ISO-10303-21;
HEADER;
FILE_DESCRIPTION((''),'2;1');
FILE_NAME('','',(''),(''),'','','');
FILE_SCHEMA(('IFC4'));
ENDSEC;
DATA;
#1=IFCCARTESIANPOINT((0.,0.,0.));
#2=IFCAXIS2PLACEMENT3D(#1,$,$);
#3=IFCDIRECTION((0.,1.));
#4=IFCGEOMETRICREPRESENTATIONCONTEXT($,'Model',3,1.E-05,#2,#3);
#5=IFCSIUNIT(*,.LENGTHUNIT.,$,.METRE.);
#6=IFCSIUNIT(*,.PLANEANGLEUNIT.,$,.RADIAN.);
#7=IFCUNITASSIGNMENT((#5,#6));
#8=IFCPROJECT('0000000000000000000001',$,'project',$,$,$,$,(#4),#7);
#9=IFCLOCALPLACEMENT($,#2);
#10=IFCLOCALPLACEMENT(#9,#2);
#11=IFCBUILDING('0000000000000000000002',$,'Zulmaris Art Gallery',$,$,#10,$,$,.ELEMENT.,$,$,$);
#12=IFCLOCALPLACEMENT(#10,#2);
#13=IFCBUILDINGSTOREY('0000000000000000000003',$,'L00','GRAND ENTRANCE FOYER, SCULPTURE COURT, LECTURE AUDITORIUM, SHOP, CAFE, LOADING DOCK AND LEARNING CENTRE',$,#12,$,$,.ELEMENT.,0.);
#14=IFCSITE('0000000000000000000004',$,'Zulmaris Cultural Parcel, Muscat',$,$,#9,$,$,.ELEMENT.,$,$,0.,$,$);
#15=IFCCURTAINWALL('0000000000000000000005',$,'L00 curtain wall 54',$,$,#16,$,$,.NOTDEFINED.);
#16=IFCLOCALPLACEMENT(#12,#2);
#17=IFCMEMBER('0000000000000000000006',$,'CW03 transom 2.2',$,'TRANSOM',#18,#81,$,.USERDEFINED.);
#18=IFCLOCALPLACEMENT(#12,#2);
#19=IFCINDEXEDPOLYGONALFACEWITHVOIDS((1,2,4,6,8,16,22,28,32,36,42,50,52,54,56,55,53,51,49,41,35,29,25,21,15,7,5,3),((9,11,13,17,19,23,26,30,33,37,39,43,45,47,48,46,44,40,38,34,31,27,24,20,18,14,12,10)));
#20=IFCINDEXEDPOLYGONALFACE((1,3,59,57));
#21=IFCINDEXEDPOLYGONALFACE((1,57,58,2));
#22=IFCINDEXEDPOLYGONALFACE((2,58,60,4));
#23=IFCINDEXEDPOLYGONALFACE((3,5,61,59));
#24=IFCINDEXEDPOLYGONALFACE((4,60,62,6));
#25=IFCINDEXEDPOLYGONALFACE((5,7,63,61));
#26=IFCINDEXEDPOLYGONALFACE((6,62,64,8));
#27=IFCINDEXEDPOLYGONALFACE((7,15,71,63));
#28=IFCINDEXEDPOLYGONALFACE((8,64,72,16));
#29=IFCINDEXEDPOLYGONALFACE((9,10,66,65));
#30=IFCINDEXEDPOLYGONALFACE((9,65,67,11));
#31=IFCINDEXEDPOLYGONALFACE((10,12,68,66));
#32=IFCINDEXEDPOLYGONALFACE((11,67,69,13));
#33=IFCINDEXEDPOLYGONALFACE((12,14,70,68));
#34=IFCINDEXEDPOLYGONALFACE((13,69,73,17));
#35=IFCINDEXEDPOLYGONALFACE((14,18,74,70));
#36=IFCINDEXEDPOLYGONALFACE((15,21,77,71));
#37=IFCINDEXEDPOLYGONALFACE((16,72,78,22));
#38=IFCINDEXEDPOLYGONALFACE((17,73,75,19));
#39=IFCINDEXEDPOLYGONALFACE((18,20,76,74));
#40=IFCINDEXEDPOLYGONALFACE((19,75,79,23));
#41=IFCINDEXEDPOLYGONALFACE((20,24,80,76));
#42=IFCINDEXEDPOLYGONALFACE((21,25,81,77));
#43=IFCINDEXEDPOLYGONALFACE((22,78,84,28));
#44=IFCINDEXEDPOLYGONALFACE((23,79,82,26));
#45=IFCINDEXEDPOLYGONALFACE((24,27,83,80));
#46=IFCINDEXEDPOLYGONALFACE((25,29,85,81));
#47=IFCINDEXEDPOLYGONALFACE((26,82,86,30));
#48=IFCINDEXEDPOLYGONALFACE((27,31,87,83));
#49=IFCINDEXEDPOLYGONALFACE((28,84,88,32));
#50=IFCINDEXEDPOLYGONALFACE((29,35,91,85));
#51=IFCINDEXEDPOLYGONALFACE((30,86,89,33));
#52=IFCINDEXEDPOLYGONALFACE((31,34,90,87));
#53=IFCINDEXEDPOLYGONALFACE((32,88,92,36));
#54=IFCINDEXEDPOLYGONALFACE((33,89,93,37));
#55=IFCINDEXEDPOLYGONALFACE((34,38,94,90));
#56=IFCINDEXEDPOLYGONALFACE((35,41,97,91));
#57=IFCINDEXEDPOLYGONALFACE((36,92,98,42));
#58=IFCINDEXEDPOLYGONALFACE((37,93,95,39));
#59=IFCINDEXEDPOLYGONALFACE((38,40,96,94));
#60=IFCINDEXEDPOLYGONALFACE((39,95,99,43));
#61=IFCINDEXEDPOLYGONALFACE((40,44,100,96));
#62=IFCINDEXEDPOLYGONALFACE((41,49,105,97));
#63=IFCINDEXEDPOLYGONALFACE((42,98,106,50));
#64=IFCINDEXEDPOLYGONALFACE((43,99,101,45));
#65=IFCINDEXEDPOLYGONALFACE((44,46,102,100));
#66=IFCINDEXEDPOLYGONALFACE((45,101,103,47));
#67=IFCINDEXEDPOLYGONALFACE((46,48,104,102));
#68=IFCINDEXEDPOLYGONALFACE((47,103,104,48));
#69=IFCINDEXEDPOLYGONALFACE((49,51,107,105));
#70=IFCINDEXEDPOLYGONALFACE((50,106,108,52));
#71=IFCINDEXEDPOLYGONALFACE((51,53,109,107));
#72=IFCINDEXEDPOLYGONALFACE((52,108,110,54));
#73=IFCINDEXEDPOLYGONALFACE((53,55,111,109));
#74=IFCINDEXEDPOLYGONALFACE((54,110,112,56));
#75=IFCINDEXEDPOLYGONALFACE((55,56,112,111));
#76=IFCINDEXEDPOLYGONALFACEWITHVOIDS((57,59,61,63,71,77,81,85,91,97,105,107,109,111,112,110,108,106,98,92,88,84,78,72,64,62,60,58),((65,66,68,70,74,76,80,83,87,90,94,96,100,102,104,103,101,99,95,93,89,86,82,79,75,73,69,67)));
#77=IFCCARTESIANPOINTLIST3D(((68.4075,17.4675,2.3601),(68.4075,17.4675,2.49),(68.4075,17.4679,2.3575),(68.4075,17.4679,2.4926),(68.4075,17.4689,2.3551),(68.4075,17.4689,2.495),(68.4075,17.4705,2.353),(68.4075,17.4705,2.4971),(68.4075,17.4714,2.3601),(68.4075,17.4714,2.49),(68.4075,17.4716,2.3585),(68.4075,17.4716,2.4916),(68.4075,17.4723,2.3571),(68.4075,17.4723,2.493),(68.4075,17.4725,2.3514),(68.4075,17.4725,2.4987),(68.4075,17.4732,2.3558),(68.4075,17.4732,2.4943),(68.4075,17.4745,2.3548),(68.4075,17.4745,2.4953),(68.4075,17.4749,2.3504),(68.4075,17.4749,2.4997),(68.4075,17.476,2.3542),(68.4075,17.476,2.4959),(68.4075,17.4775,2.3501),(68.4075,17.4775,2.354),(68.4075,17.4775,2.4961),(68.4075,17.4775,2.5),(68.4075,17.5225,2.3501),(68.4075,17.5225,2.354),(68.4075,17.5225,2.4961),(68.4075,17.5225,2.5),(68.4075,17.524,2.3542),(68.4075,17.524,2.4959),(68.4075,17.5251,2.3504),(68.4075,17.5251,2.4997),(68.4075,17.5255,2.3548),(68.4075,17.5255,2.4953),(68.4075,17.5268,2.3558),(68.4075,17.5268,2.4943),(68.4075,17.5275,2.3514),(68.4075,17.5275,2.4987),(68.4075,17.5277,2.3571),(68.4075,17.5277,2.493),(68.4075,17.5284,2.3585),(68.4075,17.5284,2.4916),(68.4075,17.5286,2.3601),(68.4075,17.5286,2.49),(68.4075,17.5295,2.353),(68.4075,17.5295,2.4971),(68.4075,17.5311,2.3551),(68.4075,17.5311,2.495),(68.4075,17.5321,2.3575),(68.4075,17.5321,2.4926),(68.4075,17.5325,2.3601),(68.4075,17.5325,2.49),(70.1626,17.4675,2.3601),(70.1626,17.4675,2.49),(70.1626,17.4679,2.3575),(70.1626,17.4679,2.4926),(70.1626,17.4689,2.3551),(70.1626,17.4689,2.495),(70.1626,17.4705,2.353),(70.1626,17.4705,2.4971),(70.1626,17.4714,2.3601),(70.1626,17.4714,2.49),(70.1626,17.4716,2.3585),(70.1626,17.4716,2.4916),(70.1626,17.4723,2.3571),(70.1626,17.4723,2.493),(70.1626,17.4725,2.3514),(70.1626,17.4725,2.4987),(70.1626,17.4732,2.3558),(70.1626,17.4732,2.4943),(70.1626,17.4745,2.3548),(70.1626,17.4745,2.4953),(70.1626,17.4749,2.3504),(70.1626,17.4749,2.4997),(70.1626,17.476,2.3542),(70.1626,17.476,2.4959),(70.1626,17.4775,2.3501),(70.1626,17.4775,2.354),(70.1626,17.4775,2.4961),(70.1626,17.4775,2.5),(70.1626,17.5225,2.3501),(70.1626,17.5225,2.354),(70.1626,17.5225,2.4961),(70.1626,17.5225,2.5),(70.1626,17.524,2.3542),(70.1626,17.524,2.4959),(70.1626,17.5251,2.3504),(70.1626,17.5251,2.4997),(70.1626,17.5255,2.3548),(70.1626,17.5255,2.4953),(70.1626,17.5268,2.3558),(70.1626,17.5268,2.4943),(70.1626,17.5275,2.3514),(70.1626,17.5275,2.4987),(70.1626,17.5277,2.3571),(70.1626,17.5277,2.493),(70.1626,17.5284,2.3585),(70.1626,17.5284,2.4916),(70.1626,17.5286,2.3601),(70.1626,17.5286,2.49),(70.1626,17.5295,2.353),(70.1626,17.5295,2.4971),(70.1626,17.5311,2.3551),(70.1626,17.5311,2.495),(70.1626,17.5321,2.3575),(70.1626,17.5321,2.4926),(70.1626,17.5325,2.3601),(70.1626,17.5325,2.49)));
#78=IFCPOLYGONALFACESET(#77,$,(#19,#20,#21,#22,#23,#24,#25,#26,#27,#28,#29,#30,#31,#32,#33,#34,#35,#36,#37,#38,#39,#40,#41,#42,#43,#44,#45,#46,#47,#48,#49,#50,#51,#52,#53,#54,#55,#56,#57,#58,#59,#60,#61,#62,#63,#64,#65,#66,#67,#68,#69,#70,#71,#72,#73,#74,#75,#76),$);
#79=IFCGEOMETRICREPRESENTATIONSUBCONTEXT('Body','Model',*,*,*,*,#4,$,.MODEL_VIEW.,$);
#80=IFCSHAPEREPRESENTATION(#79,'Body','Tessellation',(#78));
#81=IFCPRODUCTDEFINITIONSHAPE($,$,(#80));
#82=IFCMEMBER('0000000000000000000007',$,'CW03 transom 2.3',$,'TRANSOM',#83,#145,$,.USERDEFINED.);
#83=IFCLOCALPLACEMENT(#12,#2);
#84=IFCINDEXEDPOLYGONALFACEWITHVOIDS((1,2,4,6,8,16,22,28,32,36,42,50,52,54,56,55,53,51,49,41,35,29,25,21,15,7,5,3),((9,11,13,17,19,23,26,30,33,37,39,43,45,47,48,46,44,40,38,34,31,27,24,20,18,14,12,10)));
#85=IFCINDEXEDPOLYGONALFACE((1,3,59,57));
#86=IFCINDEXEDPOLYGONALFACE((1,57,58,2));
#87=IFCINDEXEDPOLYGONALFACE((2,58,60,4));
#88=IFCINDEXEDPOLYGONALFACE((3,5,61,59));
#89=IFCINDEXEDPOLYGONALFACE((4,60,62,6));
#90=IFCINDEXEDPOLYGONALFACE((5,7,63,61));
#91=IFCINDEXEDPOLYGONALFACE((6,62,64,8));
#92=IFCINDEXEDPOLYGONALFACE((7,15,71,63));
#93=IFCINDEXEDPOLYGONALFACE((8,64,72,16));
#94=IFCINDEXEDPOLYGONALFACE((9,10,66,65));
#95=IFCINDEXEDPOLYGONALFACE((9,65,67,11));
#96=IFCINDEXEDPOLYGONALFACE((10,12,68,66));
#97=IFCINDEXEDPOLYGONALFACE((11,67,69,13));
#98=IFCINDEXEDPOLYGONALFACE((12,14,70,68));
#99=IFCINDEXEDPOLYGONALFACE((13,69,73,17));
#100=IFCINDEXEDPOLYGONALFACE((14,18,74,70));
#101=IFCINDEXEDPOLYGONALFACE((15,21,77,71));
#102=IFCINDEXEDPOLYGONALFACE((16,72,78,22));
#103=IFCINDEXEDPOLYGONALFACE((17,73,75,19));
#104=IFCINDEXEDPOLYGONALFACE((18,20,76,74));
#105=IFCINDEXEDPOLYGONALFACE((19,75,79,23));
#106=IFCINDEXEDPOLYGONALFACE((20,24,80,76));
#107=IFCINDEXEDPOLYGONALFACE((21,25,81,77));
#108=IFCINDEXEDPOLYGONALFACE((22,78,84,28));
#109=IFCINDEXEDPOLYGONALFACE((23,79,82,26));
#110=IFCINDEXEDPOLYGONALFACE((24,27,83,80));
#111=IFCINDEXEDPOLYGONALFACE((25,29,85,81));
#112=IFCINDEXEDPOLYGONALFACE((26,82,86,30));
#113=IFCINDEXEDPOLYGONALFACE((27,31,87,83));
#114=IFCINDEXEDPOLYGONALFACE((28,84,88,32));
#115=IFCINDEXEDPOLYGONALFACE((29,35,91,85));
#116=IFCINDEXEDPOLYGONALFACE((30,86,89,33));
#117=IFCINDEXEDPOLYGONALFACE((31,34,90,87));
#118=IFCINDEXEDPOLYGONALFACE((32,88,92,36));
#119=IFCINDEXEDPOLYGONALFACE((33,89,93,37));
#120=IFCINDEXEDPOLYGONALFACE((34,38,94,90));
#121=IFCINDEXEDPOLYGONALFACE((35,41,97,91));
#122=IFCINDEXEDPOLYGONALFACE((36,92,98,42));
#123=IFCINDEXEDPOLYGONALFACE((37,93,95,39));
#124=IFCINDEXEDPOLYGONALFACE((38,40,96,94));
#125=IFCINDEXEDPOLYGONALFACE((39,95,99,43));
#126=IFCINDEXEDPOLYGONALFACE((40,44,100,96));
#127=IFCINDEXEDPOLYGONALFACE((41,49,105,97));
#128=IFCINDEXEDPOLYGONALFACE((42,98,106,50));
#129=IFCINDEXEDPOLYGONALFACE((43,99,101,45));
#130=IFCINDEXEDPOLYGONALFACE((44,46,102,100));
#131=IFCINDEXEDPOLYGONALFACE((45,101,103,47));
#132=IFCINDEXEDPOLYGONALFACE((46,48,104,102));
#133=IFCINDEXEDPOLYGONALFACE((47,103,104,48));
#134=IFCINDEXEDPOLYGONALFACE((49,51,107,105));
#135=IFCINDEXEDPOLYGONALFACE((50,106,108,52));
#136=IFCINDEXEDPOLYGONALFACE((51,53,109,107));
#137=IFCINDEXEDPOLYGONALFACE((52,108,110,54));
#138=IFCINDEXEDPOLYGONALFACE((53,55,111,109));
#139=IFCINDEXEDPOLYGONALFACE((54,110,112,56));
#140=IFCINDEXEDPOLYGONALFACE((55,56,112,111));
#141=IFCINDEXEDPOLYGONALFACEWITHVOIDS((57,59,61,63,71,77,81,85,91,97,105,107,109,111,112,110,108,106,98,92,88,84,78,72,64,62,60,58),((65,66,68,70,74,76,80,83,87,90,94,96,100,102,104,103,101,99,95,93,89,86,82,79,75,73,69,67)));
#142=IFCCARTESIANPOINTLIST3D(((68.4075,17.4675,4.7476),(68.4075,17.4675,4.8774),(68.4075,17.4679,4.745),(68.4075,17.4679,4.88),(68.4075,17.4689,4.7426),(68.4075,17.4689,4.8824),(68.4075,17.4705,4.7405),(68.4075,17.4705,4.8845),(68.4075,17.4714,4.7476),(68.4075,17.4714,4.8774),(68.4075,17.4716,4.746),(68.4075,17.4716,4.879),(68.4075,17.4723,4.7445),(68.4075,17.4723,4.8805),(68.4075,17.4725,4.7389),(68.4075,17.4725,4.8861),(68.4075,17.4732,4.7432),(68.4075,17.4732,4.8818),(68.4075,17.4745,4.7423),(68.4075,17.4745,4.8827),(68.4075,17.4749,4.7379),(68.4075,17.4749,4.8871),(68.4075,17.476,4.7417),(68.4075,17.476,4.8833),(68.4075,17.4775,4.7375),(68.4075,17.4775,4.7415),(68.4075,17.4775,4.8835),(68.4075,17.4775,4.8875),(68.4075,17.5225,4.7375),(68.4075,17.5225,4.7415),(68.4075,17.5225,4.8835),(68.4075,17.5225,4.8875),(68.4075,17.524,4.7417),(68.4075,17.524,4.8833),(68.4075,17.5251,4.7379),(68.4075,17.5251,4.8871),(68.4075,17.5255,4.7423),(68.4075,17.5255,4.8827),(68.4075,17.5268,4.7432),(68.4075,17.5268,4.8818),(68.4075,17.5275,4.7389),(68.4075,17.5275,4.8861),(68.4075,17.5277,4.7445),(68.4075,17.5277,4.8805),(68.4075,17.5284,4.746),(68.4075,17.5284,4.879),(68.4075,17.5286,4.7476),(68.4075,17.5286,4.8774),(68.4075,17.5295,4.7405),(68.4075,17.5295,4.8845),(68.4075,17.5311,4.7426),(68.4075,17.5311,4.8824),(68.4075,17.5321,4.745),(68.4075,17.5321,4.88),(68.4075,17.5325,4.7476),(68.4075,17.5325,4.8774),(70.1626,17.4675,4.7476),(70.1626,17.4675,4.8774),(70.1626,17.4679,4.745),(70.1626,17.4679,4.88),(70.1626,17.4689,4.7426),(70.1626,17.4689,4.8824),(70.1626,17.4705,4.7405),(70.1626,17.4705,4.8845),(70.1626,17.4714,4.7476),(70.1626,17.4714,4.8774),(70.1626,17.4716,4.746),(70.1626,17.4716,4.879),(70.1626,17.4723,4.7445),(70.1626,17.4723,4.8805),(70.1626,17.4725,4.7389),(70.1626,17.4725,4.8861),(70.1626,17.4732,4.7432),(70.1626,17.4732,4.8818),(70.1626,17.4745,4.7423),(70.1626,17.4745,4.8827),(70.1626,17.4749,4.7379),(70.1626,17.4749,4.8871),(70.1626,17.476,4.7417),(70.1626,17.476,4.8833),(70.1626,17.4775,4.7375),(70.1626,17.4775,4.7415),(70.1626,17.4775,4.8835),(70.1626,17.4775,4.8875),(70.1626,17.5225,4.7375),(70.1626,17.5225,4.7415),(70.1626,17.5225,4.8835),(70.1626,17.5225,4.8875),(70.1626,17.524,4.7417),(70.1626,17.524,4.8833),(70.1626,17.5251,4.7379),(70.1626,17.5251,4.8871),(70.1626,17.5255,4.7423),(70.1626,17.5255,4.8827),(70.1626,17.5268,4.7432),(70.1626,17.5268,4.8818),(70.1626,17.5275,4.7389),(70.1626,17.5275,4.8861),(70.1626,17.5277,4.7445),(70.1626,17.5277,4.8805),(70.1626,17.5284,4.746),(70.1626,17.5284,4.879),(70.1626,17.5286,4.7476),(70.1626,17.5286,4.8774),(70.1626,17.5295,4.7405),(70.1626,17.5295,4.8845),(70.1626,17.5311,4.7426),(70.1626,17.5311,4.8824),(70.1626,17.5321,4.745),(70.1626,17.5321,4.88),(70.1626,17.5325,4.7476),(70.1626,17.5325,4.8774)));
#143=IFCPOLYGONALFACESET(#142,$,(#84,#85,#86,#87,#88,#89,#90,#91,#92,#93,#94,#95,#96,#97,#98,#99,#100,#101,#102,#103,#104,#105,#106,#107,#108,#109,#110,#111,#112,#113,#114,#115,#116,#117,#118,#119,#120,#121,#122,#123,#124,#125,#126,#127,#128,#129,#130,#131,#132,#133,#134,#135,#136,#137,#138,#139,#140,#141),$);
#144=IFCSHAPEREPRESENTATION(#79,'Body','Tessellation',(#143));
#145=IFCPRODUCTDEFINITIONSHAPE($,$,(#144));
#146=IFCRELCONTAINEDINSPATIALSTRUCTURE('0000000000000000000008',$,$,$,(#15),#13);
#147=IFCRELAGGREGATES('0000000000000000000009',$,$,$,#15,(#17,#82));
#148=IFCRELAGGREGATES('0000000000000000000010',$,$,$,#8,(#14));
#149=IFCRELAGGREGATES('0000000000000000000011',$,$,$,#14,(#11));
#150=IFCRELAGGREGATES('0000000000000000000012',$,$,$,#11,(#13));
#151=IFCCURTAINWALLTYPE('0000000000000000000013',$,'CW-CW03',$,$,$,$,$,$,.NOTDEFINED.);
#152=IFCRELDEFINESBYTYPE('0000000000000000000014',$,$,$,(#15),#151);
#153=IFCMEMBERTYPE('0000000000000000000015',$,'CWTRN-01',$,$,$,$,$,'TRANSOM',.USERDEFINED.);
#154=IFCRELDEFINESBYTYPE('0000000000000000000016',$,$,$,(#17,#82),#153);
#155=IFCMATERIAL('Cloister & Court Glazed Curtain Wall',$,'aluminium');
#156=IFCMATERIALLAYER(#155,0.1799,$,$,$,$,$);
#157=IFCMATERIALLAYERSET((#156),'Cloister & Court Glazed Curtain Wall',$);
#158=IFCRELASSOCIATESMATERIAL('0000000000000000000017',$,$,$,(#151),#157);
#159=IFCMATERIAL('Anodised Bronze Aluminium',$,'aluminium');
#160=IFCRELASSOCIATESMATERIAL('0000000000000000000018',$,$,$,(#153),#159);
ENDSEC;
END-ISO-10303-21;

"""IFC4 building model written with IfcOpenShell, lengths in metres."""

from ifc_helpers import new_model, si_unit, direction, frame, origin, origin_2d, place, context, subcontext, project, spatial, hollow_rectangle, extrude, material, layer, layer_set, material_profile, profile_set, type_object, element, aggregate, save


model = new_model("IFC4")

# Units and contexts
model_context = context("Model", 3, precision=1e-05, world=origin(), true_north=direction((0.0, 1.0)))
body_context = subcontext(model_context, "Body", "Model", "MODEL_VIEW")
ifc_project = project(units=[si_unit("LENGTHUNIT", "METRE"), si_unit("PLANEANGLEUNIT", "RADIAN")], contexts=[model_context])

# Site, building, storey
site_placement = place(None, origin())
site = spatial("IfcSite", under=ifc_project, at=site_placement, Name="Zulmaris Cultural Parcel, Muscat", CompositionType="ELEMENT", RefElevation=0.0)
building_placement = place(site_placement, origin())
building = spatial("IfcBuilding", under=site, at=building_placement, Name="Zulmaris Art Gallery", CompositionType="ELEMENT")
storey_placement = place(building_placement, origin())
storey = spatial("IfcBuildingStorey", under=building, at=storey_placement, Name="L00", Description="GRAND ENTRANCE FOYER, SCULPTURE COURT, LECTURE AUDITORIUM, SHOP, CAFE, LOADING DOCK AND LEARNING CENTRE", CompositionType="ELEMENT", Elevation=0.0)

# Curtain wall, members
ifc_material_1 = material(Name="Cloister & Court Glazed Curtain Wall", Category="aluminium")
ifc_layer_1 = layer(ifc_material_1, 0.1799)
ifc_layer_set_1 = layer_set([ifc_layer_1], Name="Cloister & Court Glazed Curtain Wall")
curtain_wall_type = type_object("IfcCurtainWallType", Name="CW-CW03", PredefinedType="NOTDEFINED", material=ifc_layer_set_1)
curtain_wall_placement = place(storey_placement, origin())
curtain_wall = element("IfcCurtainWall", 1, at=curtain_wall_placement, inside=storey, type_object=curtain_wall_type, Name="L00 curtain wall 54", PredefinedType="NOTDEFINED")
ifc_material_2 = material(Name="Anodised Bronze Aluminium", Category="aluminium")
ifc_material_profile_1 = material_profile(ifc_material_2, hollow_rectangle(XDim=0.0649, YDim=0.1499, WallThickness=0.0039, InnerFilletRadius=0.0061, OuterFilletRadius=0.01, at=origin_2d()), Name="ALU 65x150x4")
ifc_profile_set_1 = profile_set([ifc_material_profile_1], Name="Anodised Bronze Aluminium")
member_type_1 = type_object("IfcMemberType", Name="CWTRN-01", ElementType="TRANSOM", PredefinedType="USERDEFINED", material=ifc_profile_set_1)
member_1_placement = place(storey_placement, frame((68.4075, 17.5, 2.425), z_axis=(1.0, 0.0, 0.0), x_axis=(0.0, 1.0, 0.0)))
member_1 = element("IfcMember", 2, at=member_1_placement, type_object=member_type_1, Name="CW03 transom 2.2", ObjectType="TRANSOM", PredefinedType="USERDEFINED", context=body_context, shape_type="SweptSolid", body=[
    extrude(hollow_rectangle(XDim=0.0649, YDim=0.1499, WallThickness=0.0039, InnerFilletRadius=0.0061, OuterFilletRadius=0.01, at=origin_2d()), origin(), (0.0, 0.0, 1.0), 1.7551),
])
member_2_placement = place(storey_placement, frame((68.4075, 17.5, 4.8125), z_axis=(1.0, 0.0, 0.0), x_axis=(0.0, 1.0, 0.0)))
member_2 = element("IfcMember", 3, at=member_2_placement, type_object=member_type_1, Name="CW03 transom 2.3", ObjectType="TRANSOM", PredefinedType="USERDEFINED", context=body_context, shape_type="SweptSolid", body=[
    extrude(hollow_rectangle(XDim=0.0649, YDim=0.1499, WallThickness=0.0039, InnerFilletRadius=0.0061, OuterFilletRadius=0.01, at=origin_2d()), origin(), (0.0, 0.0, 1.0), 1.7551),
])
aggregate(curtain_wall, [member_1, member_2])

save(model, "model.ifc")
